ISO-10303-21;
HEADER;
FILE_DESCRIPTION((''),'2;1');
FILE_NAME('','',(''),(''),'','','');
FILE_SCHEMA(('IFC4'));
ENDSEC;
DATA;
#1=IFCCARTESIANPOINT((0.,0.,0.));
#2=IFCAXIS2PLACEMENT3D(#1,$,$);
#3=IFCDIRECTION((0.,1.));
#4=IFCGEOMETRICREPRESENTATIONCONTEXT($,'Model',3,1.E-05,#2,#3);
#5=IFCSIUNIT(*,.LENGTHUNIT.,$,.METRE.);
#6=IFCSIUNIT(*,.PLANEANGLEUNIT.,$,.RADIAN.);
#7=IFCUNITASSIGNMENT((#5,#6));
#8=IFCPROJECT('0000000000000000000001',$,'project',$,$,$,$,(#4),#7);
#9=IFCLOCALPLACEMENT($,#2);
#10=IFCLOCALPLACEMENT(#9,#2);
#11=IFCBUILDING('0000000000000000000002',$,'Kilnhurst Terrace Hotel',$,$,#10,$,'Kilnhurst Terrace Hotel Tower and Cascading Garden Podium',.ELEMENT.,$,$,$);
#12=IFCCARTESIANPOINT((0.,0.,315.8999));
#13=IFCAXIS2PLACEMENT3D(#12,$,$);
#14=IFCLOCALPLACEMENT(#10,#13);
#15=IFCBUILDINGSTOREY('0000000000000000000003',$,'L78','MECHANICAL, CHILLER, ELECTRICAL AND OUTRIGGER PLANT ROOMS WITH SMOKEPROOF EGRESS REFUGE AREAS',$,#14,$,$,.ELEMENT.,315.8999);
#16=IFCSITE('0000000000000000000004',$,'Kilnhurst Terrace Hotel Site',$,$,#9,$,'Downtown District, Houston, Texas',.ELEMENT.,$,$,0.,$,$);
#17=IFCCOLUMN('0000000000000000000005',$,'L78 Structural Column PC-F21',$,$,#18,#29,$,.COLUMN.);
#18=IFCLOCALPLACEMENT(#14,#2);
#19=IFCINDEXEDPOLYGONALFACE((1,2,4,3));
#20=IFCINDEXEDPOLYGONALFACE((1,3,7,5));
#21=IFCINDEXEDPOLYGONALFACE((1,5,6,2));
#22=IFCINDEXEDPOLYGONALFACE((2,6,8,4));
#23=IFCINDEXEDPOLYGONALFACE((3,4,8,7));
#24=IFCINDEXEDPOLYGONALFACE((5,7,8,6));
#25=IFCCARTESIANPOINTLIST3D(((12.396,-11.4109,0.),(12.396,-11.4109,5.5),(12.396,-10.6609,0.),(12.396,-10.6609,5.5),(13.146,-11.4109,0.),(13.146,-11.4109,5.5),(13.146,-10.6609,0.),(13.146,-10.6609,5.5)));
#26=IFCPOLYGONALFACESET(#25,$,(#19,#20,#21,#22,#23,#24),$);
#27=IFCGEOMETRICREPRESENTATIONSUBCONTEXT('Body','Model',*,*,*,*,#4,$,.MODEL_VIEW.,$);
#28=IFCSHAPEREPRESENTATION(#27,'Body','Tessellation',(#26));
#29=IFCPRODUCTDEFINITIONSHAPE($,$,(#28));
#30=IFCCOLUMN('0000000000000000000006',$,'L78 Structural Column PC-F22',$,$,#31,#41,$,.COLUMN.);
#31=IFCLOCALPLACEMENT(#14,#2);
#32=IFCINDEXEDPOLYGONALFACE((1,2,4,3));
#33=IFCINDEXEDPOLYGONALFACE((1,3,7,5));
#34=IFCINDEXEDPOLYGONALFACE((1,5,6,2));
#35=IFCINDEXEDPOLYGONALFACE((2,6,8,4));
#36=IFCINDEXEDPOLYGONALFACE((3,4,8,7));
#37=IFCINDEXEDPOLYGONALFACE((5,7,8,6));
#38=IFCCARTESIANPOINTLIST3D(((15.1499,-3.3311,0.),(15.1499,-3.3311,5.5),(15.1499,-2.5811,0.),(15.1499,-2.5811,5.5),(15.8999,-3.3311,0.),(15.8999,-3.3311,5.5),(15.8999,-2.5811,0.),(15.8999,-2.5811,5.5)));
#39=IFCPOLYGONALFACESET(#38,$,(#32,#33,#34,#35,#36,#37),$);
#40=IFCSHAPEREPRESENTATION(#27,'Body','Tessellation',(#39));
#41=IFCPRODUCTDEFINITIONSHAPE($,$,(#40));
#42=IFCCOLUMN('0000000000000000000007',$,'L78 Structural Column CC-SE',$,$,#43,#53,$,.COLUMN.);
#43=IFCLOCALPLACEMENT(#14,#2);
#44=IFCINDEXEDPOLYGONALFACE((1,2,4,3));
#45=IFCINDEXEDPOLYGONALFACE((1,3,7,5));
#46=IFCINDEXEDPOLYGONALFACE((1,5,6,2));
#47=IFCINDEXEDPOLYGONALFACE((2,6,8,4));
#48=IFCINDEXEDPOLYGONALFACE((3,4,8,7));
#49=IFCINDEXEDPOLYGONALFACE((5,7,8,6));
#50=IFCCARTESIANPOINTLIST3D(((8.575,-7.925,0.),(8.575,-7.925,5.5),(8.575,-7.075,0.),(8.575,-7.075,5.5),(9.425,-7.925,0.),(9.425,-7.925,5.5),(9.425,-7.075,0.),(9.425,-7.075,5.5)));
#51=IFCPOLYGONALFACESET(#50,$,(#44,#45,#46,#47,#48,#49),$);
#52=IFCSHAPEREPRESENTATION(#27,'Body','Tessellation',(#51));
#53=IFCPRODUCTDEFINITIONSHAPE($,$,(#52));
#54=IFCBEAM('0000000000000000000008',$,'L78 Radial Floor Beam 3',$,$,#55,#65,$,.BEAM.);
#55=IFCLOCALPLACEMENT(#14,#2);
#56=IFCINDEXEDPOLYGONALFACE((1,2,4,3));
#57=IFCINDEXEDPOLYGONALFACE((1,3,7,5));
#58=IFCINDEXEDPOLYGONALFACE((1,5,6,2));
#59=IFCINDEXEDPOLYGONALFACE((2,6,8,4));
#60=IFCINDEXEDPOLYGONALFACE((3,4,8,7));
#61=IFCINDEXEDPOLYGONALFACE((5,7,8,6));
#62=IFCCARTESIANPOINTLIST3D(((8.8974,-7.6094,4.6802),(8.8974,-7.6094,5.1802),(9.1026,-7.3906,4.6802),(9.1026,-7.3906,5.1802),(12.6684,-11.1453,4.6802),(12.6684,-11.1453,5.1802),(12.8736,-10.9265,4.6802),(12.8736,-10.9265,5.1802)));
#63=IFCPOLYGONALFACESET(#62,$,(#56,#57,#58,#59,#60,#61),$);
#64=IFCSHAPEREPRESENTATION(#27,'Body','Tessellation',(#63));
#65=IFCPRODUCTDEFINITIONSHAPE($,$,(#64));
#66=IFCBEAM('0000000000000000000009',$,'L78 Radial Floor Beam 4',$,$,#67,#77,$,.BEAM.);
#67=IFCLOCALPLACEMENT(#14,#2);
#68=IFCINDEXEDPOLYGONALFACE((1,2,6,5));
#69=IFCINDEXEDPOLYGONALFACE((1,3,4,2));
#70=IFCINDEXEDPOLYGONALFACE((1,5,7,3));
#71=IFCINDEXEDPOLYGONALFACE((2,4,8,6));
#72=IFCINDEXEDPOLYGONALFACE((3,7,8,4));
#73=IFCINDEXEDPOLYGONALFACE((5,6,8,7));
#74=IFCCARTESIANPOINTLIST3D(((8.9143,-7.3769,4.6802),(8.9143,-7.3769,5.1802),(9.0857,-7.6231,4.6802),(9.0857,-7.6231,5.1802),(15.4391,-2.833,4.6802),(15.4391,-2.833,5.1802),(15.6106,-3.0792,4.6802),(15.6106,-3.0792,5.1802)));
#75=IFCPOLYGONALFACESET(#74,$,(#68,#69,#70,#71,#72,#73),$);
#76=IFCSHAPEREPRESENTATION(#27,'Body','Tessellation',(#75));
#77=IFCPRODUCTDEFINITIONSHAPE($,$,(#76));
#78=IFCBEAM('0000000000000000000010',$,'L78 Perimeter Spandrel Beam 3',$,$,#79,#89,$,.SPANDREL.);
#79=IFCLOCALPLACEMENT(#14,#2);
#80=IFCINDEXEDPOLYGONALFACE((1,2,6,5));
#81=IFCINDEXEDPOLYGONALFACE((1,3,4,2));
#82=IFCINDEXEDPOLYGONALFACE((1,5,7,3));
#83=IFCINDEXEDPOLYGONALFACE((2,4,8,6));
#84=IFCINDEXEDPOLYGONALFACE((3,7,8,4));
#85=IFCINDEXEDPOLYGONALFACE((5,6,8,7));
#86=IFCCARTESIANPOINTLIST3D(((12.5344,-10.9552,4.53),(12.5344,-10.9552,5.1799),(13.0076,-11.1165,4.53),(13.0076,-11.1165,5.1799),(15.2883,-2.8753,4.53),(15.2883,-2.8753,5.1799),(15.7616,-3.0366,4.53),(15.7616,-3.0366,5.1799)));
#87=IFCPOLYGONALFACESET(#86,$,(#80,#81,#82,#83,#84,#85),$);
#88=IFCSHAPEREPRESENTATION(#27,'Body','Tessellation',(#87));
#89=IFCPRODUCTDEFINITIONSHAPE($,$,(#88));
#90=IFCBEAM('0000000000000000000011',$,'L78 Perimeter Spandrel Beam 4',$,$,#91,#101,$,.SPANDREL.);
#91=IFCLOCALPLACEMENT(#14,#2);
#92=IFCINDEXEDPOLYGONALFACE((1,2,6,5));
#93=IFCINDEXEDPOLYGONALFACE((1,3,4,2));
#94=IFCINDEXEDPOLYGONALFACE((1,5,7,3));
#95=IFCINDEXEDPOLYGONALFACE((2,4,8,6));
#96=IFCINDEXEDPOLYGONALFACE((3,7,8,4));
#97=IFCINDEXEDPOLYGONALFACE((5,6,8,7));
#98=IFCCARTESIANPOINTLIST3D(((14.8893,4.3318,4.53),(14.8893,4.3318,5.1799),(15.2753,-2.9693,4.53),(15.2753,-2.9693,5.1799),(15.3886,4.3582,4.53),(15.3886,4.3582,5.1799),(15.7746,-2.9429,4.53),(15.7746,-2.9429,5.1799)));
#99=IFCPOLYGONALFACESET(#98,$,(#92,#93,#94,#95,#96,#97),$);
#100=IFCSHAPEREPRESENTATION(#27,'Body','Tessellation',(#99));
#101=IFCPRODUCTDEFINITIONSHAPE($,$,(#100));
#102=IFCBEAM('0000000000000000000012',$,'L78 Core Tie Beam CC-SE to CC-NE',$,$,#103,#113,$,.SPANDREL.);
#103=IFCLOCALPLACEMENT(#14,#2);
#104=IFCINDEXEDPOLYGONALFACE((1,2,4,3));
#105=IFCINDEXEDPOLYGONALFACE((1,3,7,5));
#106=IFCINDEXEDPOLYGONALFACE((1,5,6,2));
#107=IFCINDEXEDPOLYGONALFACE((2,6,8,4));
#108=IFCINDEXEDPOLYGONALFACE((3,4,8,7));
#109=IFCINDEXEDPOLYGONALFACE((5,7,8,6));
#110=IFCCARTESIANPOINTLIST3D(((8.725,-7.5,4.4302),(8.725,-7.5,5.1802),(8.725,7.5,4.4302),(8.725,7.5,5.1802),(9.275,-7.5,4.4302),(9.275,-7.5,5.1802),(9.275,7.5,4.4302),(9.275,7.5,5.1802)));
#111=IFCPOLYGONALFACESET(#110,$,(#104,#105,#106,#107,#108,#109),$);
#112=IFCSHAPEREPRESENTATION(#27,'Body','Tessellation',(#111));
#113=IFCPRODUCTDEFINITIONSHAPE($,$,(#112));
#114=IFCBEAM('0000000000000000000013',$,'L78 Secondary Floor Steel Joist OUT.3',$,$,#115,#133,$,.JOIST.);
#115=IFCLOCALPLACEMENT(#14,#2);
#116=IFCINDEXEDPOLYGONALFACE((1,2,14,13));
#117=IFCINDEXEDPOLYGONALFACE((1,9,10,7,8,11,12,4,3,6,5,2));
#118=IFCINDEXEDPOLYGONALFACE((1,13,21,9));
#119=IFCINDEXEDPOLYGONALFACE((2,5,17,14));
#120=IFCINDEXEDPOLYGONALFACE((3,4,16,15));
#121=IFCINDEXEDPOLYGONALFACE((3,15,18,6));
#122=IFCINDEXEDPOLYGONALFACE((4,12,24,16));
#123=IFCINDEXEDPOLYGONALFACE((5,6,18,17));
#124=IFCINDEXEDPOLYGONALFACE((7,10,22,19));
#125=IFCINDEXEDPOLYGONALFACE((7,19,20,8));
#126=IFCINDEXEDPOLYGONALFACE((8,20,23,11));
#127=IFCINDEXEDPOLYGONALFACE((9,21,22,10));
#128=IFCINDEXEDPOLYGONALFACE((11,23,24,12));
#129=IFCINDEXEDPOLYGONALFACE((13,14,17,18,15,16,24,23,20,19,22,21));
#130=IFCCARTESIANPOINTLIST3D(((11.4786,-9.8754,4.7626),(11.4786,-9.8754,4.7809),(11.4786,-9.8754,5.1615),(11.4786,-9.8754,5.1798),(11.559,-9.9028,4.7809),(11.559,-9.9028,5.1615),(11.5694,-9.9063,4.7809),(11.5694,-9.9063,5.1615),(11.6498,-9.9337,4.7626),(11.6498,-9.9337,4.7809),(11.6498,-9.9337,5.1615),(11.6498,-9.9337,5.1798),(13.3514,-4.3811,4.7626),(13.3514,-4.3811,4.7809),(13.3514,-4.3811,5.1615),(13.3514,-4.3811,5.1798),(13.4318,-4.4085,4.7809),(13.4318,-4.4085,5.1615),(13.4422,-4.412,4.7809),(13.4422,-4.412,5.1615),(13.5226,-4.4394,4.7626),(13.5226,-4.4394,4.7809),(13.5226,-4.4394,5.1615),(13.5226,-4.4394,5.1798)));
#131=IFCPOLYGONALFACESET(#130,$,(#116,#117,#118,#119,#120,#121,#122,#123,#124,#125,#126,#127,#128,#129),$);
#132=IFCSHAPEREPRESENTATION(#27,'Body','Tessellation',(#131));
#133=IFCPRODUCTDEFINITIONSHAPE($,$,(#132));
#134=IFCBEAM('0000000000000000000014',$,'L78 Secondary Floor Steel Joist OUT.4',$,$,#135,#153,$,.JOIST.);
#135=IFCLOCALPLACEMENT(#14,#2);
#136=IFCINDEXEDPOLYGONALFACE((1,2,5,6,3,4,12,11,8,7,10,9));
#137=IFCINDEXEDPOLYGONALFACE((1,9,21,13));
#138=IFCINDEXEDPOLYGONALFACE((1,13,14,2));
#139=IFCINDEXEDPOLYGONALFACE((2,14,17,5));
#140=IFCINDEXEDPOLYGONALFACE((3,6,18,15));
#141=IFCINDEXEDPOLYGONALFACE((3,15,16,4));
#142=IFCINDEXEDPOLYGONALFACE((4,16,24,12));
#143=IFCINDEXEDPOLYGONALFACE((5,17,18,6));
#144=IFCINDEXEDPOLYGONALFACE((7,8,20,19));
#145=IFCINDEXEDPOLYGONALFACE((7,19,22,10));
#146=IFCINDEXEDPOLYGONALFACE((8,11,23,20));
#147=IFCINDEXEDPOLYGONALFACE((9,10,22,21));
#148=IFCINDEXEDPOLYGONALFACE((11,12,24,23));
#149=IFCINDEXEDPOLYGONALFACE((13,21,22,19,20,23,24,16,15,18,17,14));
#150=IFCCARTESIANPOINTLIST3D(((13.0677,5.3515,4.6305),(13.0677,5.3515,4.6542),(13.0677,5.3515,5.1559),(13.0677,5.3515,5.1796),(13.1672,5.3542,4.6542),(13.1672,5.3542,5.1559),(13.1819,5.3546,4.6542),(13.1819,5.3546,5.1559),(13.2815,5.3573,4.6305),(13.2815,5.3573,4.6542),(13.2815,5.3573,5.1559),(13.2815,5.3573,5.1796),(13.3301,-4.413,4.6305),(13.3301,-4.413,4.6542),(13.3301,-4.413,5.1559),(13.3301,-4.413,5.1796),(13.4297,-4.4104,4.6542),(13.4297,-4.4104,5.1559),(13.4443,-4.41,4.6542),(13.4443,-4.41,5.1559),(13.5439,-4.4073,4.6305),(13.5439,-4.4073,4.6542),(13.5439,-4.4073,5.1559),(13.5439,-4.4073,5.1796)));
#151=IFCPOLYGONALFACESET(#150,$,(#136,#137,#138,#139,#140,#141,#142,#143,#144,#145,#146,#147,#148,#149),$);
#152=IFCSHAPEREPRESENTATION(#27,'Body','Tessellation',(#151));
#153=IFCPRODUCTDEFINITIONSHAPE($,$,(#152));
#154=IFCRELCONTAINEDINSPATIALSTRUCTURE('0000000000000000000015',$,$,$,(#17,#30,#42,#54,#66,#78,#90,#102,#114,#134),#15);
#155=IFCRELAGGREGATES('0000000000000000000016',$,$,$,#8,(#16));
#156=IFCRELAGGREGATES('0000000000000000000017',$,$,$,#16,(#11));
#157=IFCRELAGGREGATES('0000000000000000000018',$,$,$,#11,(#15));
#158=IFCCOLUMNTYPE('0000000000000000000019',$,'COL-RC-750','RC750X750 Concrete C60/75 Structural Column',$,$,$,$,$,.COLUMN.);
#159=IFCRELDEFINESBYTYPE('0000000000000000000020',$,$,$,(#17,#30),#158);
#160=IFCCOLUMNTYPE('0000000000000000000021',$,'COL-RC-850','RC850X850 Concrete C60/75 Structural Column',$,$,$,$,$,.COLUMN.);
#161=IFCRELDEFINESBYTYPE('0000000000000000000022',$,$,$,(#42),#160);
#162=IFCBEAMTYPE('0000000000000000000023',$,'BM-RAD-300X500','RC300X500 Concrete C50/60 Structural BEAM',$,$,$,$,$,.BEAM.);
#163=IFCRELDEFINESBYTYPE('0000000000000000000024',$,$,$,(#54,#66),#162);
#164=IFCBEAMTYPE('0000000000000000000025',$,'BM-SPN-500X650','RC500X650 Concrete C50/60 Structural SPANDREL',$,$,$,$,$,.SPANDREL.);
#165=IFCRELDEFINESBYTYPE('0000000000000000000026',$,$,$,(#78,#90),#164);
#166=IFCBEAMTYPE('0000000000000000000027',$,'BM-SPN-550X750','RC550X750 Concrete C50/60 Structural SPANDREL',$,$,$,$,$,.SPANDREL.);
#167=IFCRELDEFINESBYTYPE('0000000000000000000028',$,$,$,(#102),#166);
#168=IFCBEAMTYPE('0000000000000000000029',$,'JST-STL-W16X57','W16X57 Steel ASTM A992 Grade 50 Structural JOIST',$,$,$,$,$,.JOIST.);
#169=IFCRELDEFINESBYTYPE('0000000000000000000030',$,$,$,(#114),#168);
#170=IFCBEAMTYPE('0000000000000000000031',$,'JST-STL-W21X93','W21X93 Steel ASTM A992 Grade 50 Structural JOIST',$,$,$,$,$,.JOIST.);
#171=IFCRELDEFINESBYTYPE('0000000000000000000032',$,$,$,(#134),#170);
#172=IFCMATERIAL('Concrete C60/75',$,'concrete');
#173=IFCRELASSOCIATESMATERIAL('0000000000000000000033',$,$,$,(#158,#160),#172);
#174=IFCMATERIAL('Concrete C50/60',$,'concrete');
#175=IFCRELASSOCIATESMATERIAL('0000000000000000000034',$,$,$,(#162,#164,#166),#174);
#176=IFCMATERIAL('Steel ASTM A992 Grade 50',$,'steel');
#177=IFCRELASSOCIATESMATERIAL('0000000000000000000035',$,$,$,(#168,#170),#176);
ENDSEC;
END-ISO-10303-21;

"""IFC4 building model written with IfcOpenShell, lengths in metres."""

from ifc_helpers import new_model, si_unit, direction, frame, origin, origin_2d, place, context, subcontext, project, spatial, rectangle, i_section, extrude, material, material_profile, profile_set, type_object, element, save


model = new_model("IFC4")

# Units and contexts
model_context = context("Model", 3, precision=1e-05, world=origin(), true_north=direction((0.0, 1.0)))
body_context = subcontext(model_context, "Body", "Model", "MODEL_VIEW")
ifc_project = project(units=[si_unit("LENGTHUNIT", "METRE"), si_unit("PLANEANGLEUNIT", "RADIAN")], contexts=[model_context])

# Site, building, storey
site_placement = place(None, origin())
site = spatial("IfcSite", under=ifc_project, at=site_placement, Name="Kilnhurst Terrace Hotel Site", LongName="Downtown District, Houston, Texas", CompositionType="ELEMENT", RefElevation=0.0)
building_placement = place(site_placement, origin())
building = spatial("IfcBuilding", under=site, at=building_placement, Name="Kilnhurst Terrace Hotel", LongName="Kilnhurst Terrace Hotel Tower and Cascading Garden Podium", CompositionType="ELEMENT")
storey_placement = place(building_placement, frame((0.0, 0.0, 315.8999)))
storey = spatial("IfcBuildingStorey", under=building, at=storey_placement, Name="L78", Description="MECHANICAL, CHILLER, ELECTRICAL AND OUTRIGGER PLANT ROOMS WITH SMOKEPROOF EGRESS REFUGE AREAS", CompositionType="ELEMENT", Elevation=315.8999)

# Columns
ifc_material_1 = material(Name="Concrete C60/75", Category="concrete")
ifc_material_profile_1 = material_profile(ifc_material_1, rectangle(XDim=0.75, YDim=0.75, at=origin_2d()), Name="RC750X750")
ifc_profile_set_1 = profile_set([ifc_material_profile_1], Name="Concrete C60/75")
column_type_1 = type_object("IfcColumnType", Name="COL-RC-750", Description="RC750X750 Concrete C60/75 Structural Column", PredefinedType="COLUMN", material=ifc_profile_set_1)
for number, where, z_axis, x_axis, name in (
    (1, (12.771, -11.0359, 0.0), (0.0, 0.0, 1.0), (1.0, 0.0, 0.0), "L78 Structural Column PC-F21"),
    (2, (15.5249, -2.9561, 0.0), (0.0, 0.0, 1.0), (1.0, 0.0, 0.0), "L78 Structural Column PC-F22"),
):
    element("IfcColumn", number, at=place(storey_placement, frame(where, z_axis=z_axis, x_axis=x_axis)), inside=storey, type_object=column_type_1, Name=name, PredefinedType="COLUMN", context=body_context, shape_type="SweptSolid", body=[
        extrude(rectangle(XDim=0.75, YDim=0.75, at=origin_2d()), origin(), (0.0, 0.0, 1.0), 5.5),
    ])
ifc_material_profile_2 = material_profile(ifc_material_1, rectangle(XDim=0.8501, YDim=0.8501, at=origin_2d()), Name="RC850X850")
ifc_profile_set_2 = profile_set([ifc_material_profile_2], Name="Concrete C60/75")
column_type_2 = type_object("IfcColumnType", Name="COL-RC-850", Description="RC850X850 Concrete C60/75 Structural Column", PredefinedType="COLUMN", material=ifc_profile_set_2)
column_placement = place(storey_placement, frame((9.0, -7.5, 0.0), z_axis=(0.0, 0.0, 1.0), x_axis=(1.0, 0.0, 0.0)))
element("IfcColumn", 3, at=column_placement, inside=storey, type_object=column_type_2, Name="L78 Structural Column CC-SE", PredefinedType="COLUMN", context=body_context, shape_type="SweptSolid", body=[
    extrude(rectangle(XDim=0.8501, YDim=0.8501, at=origin_2d()), origin(), (0.0, 0.0, 1.0), 5.5),
])

# Beams
ifc_material_2 = material(Name="Concrete C50/60", Category="concrete")
ifc_material_profile_3 = material_profile(ifc_material_2, rectangle(XDim=0.3, YDim=0.5, at=origin_2d()), Name="RC300X500")
ifc_profile_set_3 = profile_set([ifc_material_profile_3], Name="Concrete C50/60")
beam_type_1 = type_object("IfcBeamType", Name="BM-RAD-300X500", Description="RC300X500 Concrete C50/60 Structural BEAM", PredefinedType="BEAM", material=ifc_profile_set_3)
beam_1_placement = place(storey_placement, frame((9.0, -7.5, 4.9302), z_axis=(0.729481, -0.684001, 0.0), x_axis=(0.684001, 0.729481, 0.0)))
element("IfcBeam", 4, at=beam_1_placement, inside=storey, type_object=beam_type_1, Name="L78 Radial Floor Beam 3", PredefinedType="BEAM", context=body_context, shape_type="SweptSolid", body=[
    extrude(rectangle(XDim=0.3, YDim=0.5, at=origin_2d()), origin(), (0.0, 0.0, 1.0), 5.1694),
])
beam_2_placement = place(storey_placement, frame((9.0, -7.5, 4.9302), z_axis=(0.820617, 0.571478, 0.0), x_axis=(-0.571478, 0.820617, 0.0)))
element("IfcBeam", 5, at=beam_2_placement, inside=storey, type_object=beam_type_1, Name="L78 Radial Floor Beam 4", PredefinedType="BEAM", context=body_context, shape_type="SweptSolid", body=[
    extrude(rectangle(XDim=0.3, YDim=0.5, at=origin_2d()), origin(), (0.0, 0.0, 1.0), 7.9512),
])
ifc_material_profile_4 = material_profile(ifc_material_2, rectangle(XDim=0.5, YDim=0.6499, at=origin_2d()), Name="RC500X650")
ifc_profile_set_4 = profile_set([ifc_material_profile_4], Name="Concrete C50/60")
beam_type_2 = type_object("IfcBeamType", Name="BM-SPN-500X650", Description="RC500X650 Concrete C50/60 Structural SPANDREL", PredefinedType="SPANDREL", material=ifc_profile_set_4)
beam_3_placement = place(storey_placement, frame((12.771, -11.0359, 4.855), z_axis=(0.322613, 0.946531, 0.0), x_axis=(-0.946531, 0.322613, 0.0)))
element("IfcBeam", 6, at=beam_3_placement, inside=storey, type_object=beam_type_2, Name="L78 Perimeter Spandrel Beam 3", PredefinedType="SPANDREL", context=body_context, shape_type="SweptSolid", body=[
    extrude(rectangle(XDim=0.5, YDim=0.6499, at=origin_2d()), origin(), (0.0, 0.0, 1.0), 8.5364),
])
beam_4_placement = place(storey_placement, frame((15.5249, -2.9561, 4.855), z_axis=(-0.052794, 0.998605, 0.0), x_axis=(-0.998605, -0.052794, 0.0)))
element("IfcBeam", 7, at=beam_4_placement, inside=storey, type_object=beam_type_2, Name="L78 Perimeter Spandrel Beam 4", PredefinedType="SPANDREL", context=body_context, shape_type="SweptSolid", body=[
    extrude(rectangle(XDim=0.5, YDim=0.6499, at=origin_2d()), origin(), (0.0, 0.0, 1.0), 7.3113),
])
ifc_material_profile_5 = material_profile(ifc_material_2, rectangle(XDim=0.55, YDim=0.75, at=origin_2d()), Name="RC550X750")
ifc_profile_set_5 = profile_set([ifc_material_profile_5], Name="Concrete C50/60")
beam_type_3 = type_object("IfcBeamType", Name="BM-SPN-550X750", Description="RC550X750 Concrete C50/60 Structural SPANDREL", PredefinedType="SPANDREL", material=ifc_profile_set_5)
beam_5_placement = place(storey_placement, frame((9.0, -7.5, 4.8052), z_axis=(0.0, 1.0, 0.0), x_axis=(-1.0, 0.0, 0.0)))
element("IfcBeam", 8, at=beam_5_placement, inside=storey, type_object=beam_type_3, Name="L78 Core Tie Beam CC-SE to CC-NE", PredefinedType="SPANDREL", context=body_context, shape_type="SweptSolid", body=[
    extrude(rectangle(XDim=0.55, YDim=0.75, at=origin_2d()), origin(), (0.0, 0.0, 1.0), 15.0),
])
ifc_material_3 = material(Name="Steel ASTM A992 Grade 50", Category="steel")
ifc_material_profile_6 = material_profile(ifc_material_3, i_section(OverallWidth=0.1809, OverallDepth=0.4172, WebThickness=0.011, FlangeThickness=0.0183, at=origin_2d()), Name="W16X57")
ifc_profile_set_6 = profile_set([ifc_material_profile_6], Name="Steel ASTM A992 Grade 50")
beam_type_4 = type_object("IfcBeamType", Name="JST-STL-W16X57", Description="W16X57 Steel ASTM A992 Grade 50 Structural JOIST", PredefinedType="JOIST", material=ifc_profile_set_6)
beam_6_placement = place(storey_placement, frame((11.5642, -9.9045, 4.9712), z_axis=(0.32263, 0.946525, 0.0), x_axis=(-0.946525, 0.32263, 0.0)))
element("IfcBeam", 9, at=beam_6_placement, inside=storey, type_object=beam_type_4, Name="L78 Secondary Floor Steel Joist OUT.3", PredefinedType="JOIST", context=body_context, shape_type="SweptSolid", body=[
    extrude(i_section(OverallWidth=0.1809, OverallDepth=0.4172, WebThickness=0.011, FlangeThickness=0.0183, at=origin_2d()), origin(), (0.0, 0.0, 1.0), 5.8047),
])
ifc_material_profile_7 = material_profile(ifc_material_3, i_section(OverallWidth=0.2139, OverallDepth=0.5491, WebThickness=0.0146, FlangeThickness=0.0237, at=origin_2d()), Name="W21X93")
ifc_profile_set_7 = profile_set([ifc_material_profile_7], Name="Steel ASTM A992 Grade 50")
beam_type_5 = type_object("IfcBeamType", Name="JST-STL-W21X93", Description="W21X93 Steel ASTM A992 Grade 50 Structural JOIST", PredefinedType="JOIST", material=ifc_profile_set_7)
beam_7_placement = place(storey_placement, frame((13.437, -4.4102, 4.905), z_axis=(-0.026868, 0.999639, 0.0), x_axis=(-0.999639, -0.026868, 0.0)))
element("IfcBeam", 10, at=beam_7_placement, inside=storey, type_object=beam_type_5, Name="L78 Secondary Floor Steel Joist OUT.4", PredefinedType="JOIST", context=body_context, shape_type="SweptSolid", body=[
    extrude(i_section(OverallWidth=0.2139, OverallDepth=0.5491, WebThickness=0.0146, FlangeThickness=0.0237, at=origin_2d()), origin(), (0.0, 0.0, 1.0), 9.7681),
])

save(model, "model.ifc")
